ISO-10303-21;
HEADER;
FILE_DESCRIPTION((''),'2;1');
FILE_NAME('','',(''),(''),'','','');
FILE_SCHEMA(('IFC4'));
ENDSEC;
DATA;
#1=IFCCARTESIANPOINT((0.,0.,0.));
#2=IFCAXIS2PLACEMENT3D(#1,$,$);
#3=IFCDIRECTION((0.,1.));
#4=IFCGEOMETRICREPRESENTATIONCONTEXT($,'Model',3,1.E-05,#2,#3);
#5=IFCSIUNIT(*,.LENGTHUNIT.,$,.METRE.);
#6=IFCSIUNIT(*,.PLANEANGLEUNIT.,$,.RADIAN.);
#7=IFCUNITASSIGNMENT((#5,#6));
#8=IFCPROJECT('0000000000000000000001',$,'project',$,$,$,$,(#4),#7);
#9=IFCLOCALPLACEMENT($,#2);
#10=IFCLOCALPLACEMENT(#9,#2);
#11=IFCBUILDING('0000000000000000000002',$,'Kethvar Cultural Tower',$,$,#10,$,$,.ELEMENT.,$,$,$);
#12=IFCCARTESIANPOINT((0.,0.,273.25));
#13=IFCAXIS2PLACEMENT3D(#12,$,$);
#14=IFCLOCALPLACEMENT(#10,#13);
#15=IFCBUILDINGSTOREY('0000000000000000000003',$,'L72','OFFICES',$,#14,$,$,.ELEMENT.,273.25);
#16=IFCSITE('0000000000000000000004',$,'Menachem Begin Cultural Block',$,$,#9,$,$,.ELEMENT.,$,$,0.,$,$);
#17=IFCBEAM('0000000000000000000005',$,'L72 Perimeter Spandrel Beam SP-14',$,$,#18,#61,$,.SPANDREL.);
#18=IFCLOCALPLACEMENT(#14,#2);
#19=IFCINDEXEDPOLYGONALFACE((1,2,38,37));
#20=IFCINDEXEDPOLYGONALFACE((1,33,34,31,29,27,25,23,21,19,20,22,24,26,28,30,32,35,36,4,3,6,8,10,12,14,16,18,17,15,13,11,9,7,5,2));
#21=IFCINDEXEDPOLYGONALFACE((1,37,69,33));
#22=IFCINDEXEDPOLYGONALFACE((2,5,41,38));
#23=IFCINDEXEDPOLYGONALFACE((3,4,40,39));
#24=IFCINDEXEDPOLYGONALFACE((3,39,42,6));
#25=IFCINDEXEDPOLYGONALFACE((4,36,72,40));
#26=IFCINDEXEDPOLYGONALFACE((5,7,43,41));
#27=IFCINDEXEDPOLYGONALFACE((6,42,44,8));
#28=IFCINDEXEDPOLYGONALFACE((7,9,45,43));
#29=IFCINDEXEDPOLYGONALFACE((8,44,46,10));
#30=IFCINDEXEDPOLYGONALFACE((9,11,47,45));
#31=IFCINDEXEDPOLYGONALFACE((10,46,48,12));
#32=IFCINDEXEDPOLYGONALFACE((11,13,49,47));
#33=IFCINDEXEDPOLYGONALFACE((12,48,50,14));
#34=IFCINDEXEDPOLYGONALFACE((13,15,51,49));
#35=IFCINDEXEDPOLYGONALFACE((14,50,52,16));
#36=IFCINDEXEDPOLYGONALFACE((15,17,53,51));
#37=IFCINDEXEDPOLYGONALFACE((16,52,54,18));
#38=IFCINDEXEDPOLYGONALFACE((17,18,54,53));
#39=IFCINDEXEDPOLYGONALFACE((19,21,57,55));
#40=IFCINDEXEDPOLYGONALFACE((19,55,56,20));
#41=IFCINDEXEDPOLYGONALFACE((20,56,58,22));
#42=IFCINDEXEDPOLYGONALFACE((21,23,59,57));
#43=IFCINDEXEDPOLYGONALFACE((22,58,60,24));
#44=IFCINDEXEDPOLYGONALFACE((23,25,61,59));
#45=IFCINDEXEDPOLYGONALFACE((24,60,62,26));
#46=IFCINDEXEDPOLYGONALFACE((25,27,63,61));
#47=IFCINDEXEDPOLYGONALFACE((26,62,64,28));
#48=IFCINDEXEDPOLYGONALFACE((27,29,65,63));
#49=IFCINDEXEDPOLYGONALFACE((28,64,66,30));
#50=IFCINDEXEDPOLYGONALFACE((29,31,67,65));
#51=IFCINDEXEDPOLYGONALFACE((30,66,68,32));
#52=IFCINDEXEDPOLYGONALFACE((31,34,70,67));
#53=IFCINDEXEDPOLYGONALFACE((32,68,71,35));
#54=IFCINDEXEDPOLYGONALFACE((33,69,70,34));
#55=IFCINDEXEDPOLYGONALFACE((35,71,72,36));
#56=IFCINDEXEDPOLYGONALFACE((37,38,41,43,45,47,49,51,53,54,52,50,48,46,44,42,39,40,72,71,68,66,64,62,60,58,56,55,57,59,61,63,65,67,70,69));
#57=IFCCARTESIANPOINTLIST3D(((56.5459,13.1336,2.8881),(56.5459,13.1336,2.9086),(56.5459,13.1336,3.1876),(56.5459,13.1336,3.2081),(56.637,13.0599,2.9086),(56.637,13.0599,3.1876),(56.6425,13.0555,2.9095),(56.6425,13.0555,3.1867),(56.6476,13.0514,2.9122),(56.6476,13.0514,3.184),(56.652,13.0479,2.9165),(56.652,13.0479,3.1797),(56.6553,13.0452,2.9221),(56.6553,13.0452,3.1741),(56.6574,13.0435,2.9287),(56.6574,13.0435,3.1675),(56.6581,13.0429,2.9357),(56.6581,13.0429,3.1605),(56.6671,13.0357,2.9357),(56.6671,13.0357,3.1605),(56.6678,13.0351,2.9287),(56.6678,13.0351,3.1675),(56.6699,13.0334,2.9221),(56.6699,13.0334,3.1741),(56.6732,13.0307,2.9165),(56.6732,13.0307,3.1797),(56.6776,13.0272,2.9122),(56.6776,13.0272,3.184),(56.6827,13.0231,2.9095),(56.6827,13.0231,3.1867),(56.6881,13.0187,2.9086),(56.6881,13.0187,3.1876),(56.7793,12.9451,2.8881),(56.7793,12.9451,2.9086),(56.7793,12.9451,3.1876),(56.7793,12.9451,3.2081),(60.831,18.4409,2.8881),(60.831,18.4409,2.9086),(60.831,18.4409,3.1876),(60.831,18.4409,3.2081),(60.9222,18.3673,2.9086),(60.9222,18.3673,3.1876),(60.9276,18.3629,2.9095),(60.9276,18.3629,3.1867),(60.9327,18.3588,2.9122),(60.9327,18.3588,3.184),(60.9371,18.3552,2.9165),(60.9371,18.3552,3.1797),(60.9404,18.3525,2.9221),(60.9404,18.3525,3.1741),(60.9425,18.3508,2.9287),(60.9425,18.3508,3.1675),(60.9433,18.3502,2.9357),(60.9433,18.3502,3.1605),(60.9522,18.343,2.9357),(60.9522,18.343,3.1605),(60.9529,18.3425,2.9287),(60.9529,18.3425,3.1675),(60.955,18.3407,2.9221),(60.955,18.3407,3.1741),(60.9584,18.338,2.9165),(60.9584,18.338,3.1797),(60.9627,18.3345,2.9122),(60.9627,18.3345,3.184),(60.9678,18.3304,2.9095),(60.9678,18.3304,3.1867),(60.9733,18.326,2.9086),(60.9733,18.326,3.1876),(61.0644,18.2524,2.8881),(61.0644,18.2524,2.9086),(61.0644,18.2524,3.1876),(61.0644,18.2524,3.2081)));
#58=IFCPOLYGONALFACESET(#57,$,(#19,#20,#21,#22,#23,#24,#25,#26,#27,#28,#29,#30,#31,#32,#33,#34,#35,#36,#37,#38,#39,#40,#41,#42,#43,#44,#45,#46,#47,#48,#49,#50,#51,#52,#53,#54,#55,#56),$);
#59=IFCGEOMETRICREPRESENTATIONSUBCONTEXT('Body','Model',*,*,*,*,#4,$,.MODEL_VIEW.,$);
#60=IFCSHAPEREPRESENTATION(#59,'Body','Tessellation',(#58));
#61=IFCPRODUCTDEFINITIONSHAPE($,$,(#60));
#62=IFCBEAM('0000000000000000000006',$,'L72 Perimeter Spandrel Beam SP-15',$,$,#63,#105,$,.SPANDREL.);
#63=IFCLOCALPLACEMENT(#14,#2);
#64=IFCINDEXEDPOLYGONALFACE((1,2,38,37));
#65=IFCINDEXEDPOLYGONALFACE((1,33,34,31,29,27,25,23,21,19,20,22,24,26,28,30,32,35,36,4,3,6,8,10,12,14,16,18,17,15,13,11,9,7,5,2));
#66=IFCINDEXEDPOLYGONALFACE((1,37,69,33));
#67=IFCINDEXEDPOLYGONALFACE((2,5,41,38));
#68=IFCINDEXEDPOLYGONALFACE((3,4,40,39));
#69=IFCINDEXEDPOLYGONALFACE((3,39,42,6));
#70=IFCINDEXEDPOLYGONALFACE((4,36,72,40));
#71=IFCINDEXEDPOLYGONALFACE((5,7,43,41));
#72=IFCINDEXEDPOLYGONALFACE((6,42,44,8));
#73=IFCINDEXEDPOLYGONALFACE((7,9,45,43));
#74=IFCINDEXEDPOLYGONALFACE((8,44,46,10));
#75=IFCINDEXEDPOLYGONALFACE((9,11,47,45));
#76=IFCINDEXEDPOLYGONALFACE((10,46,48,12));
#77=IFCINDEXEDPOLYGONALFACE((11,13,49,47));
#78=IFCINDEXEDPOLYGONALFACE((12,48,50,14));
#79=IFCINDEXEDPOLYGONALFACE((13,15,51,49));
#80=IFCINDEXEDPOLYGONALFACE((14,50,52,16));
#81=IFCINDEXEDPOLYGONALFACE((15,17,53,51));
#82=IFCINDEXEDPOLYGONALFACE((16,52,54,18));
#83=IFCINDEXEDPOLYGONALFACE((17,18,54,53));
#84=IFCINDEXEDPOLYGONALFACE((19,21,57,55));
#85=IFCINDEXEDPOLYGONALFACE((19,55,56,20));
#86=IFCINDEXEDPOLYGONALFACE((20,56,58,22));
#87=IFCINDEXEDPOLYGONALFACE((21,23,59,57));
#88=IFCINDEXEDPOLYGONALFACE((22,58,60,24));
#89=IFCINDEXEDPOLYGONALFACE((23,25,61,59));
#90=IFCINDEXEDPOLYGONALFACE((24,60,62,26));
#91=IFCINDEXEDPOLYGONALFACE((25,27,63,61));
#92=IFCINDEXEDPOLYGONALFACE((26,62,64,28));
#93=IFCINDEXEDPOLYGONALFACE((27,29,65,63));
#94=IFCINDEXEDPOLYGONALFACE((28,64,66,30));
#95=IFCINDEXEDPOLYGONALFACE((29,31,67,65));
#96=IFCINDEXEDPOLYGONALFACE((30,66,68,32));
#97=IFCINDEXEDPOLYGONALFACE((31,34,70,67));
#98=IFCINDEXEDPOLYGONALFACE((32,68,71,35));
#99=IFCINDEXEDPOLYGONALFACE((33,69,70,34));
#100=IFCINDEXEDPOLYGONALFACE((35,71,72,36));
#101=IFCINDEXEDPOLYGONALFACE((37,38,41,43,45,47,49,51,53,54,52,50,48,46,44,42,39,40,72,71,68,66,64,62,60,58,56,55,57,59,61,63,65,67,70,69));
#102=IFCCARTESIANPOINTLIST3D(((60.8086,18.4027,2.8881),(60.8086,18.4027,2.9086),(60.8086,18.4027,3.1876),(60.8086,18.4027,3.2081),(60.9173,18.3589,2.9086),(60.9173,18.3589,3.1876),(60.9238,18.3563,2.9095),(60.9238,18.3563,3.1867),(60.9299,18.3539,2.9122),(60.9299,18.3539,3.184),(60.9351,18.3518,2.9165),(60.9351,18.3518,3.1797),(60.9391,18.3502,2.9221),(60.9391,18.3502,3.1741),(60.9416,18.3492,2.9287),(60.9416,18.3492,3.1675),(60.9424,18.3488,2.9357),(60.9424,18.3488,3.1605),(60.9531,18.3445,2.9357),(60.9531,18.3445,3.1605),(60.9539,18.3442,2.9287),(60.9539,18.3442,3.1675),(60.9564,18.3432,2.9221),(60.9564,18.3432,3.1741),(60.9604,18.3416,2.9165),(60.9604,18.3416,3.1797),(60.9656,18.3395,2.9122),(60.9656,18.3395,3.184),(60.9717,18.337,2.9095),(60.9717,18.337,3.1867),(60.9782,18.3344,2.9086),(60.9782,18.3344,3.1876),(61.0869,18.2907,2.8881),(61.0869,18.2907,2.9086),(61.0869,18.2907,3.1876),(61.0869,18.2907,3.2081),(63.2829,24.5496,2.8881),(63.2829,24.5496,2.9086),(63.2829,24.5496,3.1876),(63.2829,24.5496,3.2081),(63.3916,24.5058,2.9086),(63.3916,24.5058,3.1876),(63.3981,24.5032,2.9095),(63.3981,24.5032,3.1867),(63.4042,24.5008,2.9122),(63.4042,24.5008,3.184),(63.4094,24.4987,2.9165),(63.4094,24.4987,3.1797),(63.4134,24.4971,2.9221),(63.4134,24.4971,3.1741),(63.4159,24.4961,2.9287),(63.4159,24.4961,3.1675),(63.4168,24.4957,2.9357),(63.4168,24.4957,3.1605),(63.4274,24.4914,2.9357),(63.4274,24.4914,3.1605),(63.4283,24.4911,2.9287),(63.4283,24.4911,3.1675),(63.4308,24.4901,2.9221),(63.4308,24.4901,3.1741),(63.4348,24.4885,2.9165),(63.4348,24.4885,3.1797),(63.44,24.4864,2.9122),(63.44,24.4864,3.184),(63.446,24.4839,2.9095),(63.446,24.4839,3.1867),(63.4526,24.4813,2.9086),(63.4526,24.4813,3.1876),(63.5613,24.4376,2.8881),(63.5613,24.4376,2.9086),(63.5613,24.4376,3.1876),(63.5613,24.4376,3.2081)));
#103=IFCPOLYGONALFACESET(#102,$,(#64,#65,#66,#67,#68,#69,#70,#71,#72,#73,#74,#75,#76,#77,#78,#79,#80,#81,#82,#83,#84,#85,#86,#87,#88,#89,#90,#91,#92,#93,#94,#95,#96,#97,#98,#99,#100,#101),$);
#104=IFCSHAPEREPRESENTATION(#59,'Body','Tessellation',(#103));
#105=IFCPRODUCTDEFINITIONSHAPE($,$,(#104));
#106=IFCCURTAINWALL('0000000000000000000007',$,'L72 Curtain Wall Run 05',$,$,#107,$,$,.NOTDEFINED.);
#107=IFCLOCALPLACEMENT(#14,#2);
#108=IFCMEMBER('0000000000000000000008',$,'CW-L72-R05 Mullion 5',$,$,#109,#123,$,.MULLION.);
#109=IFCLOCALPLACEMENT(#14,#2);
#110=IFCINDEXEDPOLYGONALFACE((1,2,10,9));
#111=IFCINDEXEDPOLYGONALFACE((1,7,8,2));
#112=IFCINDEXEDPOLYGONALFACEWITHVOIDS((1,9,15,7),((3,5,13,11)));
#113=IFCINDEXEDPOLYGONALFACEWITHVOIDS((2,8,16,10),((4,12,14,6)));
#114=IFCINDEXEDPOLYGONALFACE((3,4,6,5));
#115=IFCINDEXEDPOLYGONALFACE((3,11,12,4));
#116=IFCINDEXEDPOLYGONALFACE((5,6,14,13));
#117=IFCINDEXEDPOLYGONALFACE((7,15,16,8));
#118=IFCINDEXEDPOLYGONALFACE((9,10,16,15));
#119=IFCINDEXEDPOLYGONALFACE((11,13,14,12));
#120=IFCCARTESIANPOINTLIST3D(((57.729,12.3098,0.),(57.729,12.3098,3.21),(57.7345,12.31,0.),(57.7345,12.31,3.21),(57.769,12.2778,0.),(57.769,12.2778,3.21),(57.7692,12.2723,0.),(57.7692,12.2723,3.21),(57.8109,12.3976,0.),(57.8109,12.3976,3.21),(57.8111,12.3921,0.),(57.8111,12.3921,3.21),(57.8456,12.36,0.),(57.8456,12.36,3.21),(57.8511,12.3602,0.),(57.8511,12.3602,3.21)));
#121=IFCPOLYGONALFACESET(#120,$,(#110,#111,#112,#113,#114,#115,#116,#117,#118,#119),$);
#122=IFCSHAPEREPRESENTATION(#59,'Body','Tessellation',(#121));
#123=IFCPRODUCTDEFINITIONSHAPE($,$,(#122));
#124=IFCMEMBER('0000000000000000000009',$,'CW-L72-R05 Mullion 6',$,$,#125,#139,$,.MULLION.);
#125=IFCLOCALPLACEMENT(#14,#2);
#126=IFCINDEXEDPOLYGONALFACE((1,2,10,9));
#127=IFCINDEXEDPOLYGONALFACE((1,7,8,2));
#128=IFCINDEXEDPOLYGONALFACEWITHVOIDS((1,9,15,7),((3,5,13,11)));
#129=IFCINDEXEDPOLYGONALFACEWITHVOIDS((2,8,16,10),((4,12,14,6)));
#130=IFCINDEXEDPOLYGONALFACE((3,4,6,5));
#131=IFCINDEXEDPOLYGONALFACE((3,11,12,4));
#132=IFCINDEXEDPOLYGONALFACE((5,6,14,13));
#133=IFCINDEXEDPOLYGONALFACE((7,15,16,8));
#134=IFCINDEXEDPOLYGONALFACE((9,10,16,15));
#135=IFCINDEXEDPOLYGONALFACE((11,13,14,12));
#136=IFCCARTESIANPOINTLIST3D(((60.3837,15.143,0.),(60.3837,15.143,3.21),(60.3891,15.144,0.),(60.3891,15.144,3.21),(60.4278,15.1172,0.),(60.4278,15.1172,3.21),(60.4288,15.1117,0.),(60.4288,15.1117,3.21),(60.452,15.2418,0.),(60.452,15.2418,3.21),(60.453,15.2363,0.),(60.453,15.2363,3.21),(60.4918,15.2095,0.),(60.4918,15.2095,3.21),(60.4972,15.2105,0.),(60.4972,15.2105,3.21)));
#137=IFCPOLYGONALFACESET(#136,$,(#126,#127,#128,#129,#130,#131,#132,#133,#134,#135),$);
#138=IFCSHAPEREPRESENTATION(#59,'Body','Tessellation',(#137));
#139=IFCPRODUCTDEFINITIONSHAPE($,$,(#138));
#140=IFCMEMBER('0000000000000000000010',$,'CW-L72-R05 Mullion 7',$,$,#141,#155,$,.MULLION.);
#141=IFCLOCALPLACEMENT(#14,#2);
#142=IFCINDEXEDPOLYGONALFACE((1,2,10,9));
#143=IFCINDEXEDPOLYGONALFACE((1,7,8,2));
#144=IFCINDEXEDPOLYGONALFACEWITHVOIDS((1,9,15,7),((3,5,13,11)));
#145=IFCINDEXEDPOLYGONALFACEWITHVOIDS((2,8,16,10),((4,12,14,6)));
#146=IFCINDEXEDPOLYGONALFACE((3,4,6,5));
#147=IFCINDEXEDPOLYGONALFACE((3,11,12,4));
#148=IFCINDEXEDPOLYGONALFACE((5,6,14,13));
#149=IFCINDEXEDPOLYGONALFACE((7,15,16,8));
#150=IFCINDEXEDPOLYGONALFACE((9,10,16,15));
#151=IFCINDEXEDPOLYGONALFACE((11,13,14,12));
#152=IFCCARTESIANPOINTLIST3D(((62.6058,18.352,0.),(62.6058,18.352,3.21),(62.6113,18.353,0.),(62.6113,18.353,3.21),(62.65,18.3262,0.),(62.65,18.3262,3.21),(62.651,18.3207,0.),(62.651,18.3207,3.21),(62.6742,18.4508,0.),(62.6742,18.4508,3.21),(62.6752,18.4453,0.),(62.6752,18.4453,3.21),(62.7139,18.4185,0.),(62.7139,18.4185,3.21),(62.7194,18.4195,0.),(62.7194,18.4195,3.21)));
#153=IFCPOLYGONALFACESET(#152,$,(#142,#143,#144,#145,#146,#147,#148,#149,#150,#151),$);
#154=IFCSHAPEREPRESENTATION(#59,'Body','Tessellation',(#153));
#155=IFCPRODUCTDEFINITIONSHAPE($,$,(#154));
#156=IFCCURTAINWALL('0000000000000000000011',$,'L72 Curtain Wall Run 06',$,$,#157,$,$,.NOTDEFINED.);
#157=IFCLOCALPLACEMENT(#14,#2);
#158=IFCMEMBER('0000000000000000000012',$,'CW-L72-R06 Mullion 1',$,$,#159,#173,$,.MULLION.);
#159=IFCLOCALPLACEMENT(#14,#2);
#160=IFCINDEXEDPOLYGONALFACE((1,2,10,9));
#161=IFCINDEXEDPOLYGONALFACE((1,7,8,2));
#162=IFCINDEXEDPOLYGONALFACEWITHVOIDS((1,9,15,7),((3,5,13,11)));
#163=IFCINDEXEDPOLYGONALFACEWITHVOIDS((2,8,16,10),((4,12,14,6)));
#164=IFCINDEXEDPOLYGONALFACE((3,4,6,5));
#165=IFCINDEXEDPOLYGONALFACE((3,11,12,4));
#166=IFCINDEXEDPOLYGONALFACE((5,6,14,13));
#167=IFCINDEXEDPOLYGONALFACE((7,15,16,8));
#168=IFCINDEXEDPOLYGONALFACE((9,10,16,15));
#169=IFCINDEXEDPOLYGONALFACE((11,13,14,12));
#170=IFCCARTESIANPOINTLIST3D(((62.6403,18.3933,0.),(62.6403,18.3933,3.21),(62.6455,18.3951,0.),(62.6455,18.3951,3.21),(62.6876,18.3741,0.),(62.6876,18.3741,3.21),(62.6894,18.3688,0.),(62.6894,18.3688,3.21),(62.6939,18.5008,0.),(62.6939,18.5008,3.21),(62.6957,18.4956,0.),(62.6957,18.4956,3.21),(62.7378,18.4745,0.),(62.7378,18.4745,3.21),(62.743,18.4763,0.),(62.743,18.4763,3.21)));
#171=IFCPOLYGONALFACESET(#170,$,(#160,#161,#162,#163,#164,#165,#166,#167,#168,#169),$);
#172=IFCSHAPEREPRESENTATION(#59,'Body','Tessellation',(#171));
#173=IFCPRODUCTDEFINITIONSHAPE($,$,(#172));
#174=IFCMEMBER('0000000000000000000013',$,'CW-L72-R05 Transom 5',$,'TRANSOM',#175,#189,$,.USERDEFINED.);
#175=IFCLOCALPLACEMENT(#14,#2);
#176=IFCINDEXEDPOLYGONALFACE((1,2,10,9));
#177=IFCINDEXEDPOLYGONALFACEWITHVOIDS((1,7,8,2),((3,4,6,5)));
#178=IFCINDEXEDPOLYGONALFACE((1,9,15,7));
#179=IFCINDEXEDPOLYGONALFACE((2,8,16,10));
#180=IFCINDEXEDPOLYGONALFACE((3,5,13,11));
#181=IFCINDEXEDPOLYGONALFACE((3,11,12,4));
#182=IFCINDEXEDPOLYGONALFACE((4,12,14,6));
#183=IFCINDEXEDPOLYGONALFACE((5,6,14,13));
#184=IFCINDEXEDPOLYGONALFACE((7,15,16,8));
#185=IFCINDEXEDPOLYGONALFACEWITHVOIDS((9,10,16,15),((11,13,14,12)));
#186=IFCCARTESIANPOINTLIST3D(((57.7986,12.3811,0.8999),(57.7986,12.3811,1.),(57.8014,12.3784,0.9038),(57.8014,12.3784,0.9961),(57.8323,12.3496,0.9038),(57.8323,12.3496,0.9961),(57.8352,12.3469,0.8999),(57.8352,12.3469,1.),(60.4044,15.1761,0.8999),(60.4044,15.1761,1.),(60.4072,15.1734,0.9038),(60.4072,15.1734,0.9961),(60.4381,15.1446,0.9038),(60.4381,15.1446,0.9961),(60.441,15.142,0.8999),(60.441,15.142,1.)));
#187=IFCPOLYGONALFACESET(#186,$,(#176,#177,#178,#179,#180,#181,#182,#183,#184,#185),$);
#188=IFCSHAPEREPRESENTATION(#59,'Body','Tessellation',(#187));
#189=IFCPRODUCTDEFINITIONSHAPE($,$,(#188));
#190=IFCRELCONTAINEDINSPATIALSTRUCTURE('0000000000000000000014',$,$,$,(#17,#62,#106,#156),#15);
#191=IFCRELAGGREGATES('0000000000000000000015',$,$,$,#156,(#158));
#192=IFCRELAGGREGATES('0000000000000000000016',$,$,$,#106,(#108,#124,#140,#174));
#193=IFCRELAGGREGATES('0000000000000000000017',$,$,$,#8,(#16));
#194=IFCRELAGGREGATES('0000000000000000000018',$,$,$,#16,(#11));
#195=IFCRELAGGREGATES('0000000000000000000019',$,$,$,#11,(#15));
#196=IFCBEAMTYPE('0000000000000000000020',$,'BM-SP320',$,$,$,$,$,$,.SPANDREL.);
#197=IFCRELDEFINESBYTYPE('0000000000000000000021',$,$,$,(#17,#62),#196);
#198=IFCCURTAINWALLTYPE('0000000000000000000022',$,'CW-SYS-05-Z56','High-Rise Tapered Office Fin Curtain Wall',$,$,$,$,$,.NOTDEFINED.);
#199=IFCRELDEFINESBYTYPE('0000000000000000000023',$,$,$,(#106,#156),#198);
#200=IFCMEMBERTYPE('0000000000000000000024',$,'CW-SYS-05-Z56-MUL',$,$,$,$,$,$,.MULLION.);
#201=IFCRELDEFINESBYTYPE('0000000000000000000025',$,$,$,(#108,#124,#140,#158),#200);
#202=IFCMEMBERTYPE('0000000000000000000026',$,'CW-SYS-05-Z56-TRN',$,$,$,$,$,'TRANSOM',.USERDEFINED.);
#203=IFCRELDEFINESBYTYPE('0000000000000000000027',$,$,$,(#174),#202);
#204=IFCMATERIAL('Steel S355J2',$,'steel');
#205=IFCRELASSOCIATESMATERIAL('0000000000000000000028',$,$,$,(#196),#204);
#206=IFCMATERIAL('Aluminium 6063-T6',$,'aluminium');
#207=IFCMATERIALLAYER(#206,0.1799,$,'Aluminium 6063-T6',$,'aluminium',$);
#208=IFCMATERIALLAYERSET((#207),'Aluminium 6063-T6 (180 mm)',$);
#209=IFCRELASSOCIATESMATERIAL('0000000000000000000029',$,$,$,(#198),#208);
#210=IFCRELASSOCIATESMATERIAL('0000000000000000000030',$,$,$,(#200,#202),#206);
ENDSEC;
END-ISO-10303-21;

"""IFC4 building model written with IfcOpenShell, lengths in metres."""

from ifc_helpers import new_model, si_unit, direction, frame, origin, origin_2d, place, context, subcontext, project, spatial, hollow_rectangle, i_section, extrude, source, transform, mapped, material, layer, layer_set, material_profile, profile_set, type_object, element, aggregate, save


model = new_model("IFC4")

# Units and contexts
model_context = context("Model", 3, precision=1e-05, world=origin(), true_north=direction((0.0, 1.0)))
body_context = subcontext(model_context, "Body", "Model", "MODEL_VIEW")
ifc_project = project(units=[si_unit("LENGTHUNIT", "METRE"), si_unit("PLANEANGLEUNIT", "RADIAN")], contexts=[model_context])

# Site, building, storey
site_placement = place(None, origin())
site = spatial("IfcSite", under=ifc_project, at=site_placement, Name="Menachem Begin Cultural Block", CompositionType="ELEMENT", RefElevation=0.0)
building_placement = place(site_placement, origin())
building = spatial("IfcBuilding", under=site, at=building_placement, Name="Kethvar Cultural Tower", CompositionType="ELEMENT")
storey_placement = place(building_placement, frame((0.0, 0.0, 273.25)))
storey = spatial("IfcBuildingStorey", under=building, at=storey_placement, Name="L72", Description="OFFICES", CompositionType="ELEMENT", Elevation=273.25)

# Shared definitions
ifc_material_1 = material(Name="Steel S355J2", Category="steel")

# Beams
ifc_material_profile_1 = material_profile(ifc_material_1, i_section(OverallWidth=0.3, OverallDepth=0.3201, WebThickness=0.0115, FlangeThickness=0.0205, FilletRadius=0.0271, at=origin_2d()), Name="Steel S355J2 — HEB320")
ifc_profile_set_1 = profile_set([ifc_material_profile_1], Name="Steel S355J2 — HEB320")
beam_type_1 = type_object("IfcBeamType", Name="BM-SP320", PredefinedType="SPANDREL", material=ifc_profile_set_1)
shared_shape_1 = source(origin(), body_context, "Body", "SweptSolid", [
    extrude(i_section(OverallWidth=0.3, OverallDepth=0.3201, WebThickness=0.0115, FlangeThickness=0.0205, FilletRadius=0.0271, at=origin_2d()), origin(), (0.0, 0.0, 1.0), 6.8213),
])
beam_1_placement = place(storey_placement, frame((56.6626, 13.0393, 3.0481), z_axis=(0.628198, 0.778054, 0.0), x_axis=(-0.778054, 0.628198, 0.0)))
element("IfcBeam", 1, at=beam_1_placement, inside=storey, type_object=beam_type_1, Name="L72 Perimeter Spandrel Beam SP-14", PredefinedType="SPANDREL", context=body_context, shape_type="MappedRepresentation", body=[
    mapped(shared_shape_1, transform((0.0, 0.0, 0.0), scale=1.0)),
])
shared_shape_2 = source(origin(), body_context, "Body", "SweptSolid", [
    extrude(i_section(OverallWidth=0.3, OverallDepth=0.3201, WebThickness=0.0115, FlangeThickness=0.0205, FilletRadius=0.0271, at=origin_2d()), origin(), (0.0, 0.0, 1.0), 6.6262),
])
beam_2_placement = place(storey_placement, frame((60.9478, 18.3467, 3.0481), z_axis=(0.373416, 0.927664, 0.0), x_axis=(-0.927664, 0.373416, 0.0)))
element("IfcBeam", 2, at=beam_2_placement, inside=storey, type_object=beam_type_1, Name="L72 Perimeter Spandrel Beam SP-15", PredefinedType="SPANDREL", context=body_context, shape_type="MappedRepresentation", body=[
    mapped(shared_shape_2, transform((0.0, 0.0, 0.0), scale=1.0)),
])

# Curtain wall, members
ifc_material_2 = material(Name="Aluminium 6063-T6", Category="aluminium")
ifc_layer_1 = layer(ifc_material_2, 0.1799, Name="Aluminium 6063-T6", Category="aluminium")
ifc_layer_set_1 = layer_set([ifc_layer_1], Name="Aluminium 6063-T6 (180 mm)")
curtain_wall_type = type_object("IfcCurtainWallType", Name="CW-SYS-05-Z56", Description="High-Rise Tapered Office Fin Curtain Wall", PredefinedType="NOTDEFINED", material=ifc_layer_set_1)
curtain_wall_1_placement = place(storey_placement, origin())
curtain_wall_1 = element("IfcCurtainWall", 3, at=curtain_wall_1_placement, inside=storey, type_object=curtain_wall_type, Name="L72 Curtain Wall Run 05", PredefinedType="NOTDEFINED")
ifc_material_profile_2 = material_profile(ifc_material_2, hollow_rectangle(XDim=0.0549, YDim=0.1201, WallThickness=0.0039, at=origin_2d()), Name="Aluminium 6063-T6 — RHS120x55x4")
ifc_profile_set_2 = profile_set([ifc_material_profile_2], Name="Aluminium 6063-T6 — RHS120x55x4")
member_type_1 = type_object("IfcMemberType", Name="CW-SYS-05-Z56-MUL", PredefinedType="MULLION", material=ifc_profile_set_2)
shared_shape_3 = source(origin(), body_context, "Body", "SweptSolid", [
    extrude(hollow_rectangle(XDim=0.0549, YDim=0.1201, WallThickness=0.0039, at=origin_2d()), origin(), (0.0, 0.0, 1.0), 3.21),
])
member_1_placement = place(storey_placement, frame((57.79, 12.335, 0.0), z_axis=(0.0, 0.0, 1.0), x_axis=(-0.731473, 0.681871, 0.0)))
member_1 = element("IfcMember", 4, at=member_1_placement, type_object=member_type_1, Name="CW-L72-R05 Mullion 5", PredefinedType="MULLION", context=body_context, shape_type="MappedRepresentation", body=[
    mapped(shared_shape_3, transform((0.0, 0.0, 0.0), scale=1.0)),
])
member_2_placement = place(storey_placement, frame((60.4404, 15.1768, 0.0), z_axis=(0.0, 0.0, 1.0), x_axis=(-0.822124, 0.569308, 0.0)))
member_2 = element("IfcMember", 5, at=member_2_placement, type_object=member_type_1, Name="CW-L72-R05 Mullion 6", PredefinedType="MULLION", context=body_context, shape_type="MappedRepresentation", body=[
    mapped(shared_shape_3, transform((0.0, 0.0, 0.0), scale=1.0)),
])
member_3_placement = place(storey_placement, frame((62.6626, 18.3857, 0.0), z_axis=(0.0, 0.0, 1.0), x_axis=(-0.822124, 0.569308, 0.0)))
member_3 = element("IfcMember", 6, at=member_3_placement, type_object=member_type_1, Name="CW-L72-R05 Mullion 7", PredefinedType="MULLION", context=body_context, shape_type="MappedRepresentation", body=[
    mapped(shared_shape_3, transform((0.0, 0.0, 0.0), scale=1.0)),
])

# Curtain wall, member
curtain_wall_2_placement = place(storey_placement, origin())
curtain_wall_2 = element("IfcCurtainWall", 7, at=curtain_wall_2_placement, inside=storey, type_object=curtain_wall_type, Name="L72 Curtain Wall Run 06", PredefinedType="NOTDEFINED")
member_4_placement = place(storey_placement, frame((62.6917, 18.4348, 0.0), z_axis=(0.0, 0.0, 1.0), x_axis=(-0.894708, 0.446651, 0.0)))
member_4 = element("IfcMember", 8, at=member_4_placement, type_object=member_type_1, Name="CW-L72-R06 Mullion 1", PredefinedType="MULLION", context=body_context, shape_type="MappedRepresentation", body=[
    mapped(shared_shape_3, transform((0.0, 0.0, 0.0), scale=1.0)),
])

# Member
ifc_material_profile_3 = material_profile(ifc_material_2, hollow_rectangle(XDim=0.05, YDim=0.1001, WallThickness=0.0039, at=origin_2d()), Name="Aluminium 6063-T6 — RHS100x50x4")
ifc_profile_set_3 = profile_set([ifc_material_profile_3], Name="Aluminium 6063-T6 — RHS100x50x4")
member_type_2 = type_object("IfcMemberType", Name="CW-SYS-05-Z56-TRN", ElementType="TRANSOM", PredefinedType="USERDEFINED", material=ifc_profile_set_3)
shared_shape_4 = source(origin(), body_context, "Body", "SweptSolid", [
    extrude(hollow_rectangle(XDim=0.05, YDim=0.1001, WallThickness=0.0039, at=origin_2d()), origin(), (0.0, 0.0, 1.0), 3.8213),
])
member_5_placement = place(storey_placement, frame((57.8169, 12.364, 0.95), z_axis=(0.681915, 0.731431, 0.0), x_axis=(-0.731431, 0.681915, 0.0)))
member_5 = element("IfcMember", 9, at=member_5_placement, type_object=member_type_2, Name="CW-L72-R05 Transom 5", ObjectType="TRANSOM", PredefinedType="USERDEFINED", context=body_context, shape_type="MappedRepresentation", body=[
    mapped(shared_shape_4, transform((0.0, 0.0, 0.0), scale=1.0)),
])
aggregate(curtain_wall_2, [member_4])

aggregate(curtain_wall_1, [member_1, member_2, member_3, member_5])

save(model, "model.ifc")
